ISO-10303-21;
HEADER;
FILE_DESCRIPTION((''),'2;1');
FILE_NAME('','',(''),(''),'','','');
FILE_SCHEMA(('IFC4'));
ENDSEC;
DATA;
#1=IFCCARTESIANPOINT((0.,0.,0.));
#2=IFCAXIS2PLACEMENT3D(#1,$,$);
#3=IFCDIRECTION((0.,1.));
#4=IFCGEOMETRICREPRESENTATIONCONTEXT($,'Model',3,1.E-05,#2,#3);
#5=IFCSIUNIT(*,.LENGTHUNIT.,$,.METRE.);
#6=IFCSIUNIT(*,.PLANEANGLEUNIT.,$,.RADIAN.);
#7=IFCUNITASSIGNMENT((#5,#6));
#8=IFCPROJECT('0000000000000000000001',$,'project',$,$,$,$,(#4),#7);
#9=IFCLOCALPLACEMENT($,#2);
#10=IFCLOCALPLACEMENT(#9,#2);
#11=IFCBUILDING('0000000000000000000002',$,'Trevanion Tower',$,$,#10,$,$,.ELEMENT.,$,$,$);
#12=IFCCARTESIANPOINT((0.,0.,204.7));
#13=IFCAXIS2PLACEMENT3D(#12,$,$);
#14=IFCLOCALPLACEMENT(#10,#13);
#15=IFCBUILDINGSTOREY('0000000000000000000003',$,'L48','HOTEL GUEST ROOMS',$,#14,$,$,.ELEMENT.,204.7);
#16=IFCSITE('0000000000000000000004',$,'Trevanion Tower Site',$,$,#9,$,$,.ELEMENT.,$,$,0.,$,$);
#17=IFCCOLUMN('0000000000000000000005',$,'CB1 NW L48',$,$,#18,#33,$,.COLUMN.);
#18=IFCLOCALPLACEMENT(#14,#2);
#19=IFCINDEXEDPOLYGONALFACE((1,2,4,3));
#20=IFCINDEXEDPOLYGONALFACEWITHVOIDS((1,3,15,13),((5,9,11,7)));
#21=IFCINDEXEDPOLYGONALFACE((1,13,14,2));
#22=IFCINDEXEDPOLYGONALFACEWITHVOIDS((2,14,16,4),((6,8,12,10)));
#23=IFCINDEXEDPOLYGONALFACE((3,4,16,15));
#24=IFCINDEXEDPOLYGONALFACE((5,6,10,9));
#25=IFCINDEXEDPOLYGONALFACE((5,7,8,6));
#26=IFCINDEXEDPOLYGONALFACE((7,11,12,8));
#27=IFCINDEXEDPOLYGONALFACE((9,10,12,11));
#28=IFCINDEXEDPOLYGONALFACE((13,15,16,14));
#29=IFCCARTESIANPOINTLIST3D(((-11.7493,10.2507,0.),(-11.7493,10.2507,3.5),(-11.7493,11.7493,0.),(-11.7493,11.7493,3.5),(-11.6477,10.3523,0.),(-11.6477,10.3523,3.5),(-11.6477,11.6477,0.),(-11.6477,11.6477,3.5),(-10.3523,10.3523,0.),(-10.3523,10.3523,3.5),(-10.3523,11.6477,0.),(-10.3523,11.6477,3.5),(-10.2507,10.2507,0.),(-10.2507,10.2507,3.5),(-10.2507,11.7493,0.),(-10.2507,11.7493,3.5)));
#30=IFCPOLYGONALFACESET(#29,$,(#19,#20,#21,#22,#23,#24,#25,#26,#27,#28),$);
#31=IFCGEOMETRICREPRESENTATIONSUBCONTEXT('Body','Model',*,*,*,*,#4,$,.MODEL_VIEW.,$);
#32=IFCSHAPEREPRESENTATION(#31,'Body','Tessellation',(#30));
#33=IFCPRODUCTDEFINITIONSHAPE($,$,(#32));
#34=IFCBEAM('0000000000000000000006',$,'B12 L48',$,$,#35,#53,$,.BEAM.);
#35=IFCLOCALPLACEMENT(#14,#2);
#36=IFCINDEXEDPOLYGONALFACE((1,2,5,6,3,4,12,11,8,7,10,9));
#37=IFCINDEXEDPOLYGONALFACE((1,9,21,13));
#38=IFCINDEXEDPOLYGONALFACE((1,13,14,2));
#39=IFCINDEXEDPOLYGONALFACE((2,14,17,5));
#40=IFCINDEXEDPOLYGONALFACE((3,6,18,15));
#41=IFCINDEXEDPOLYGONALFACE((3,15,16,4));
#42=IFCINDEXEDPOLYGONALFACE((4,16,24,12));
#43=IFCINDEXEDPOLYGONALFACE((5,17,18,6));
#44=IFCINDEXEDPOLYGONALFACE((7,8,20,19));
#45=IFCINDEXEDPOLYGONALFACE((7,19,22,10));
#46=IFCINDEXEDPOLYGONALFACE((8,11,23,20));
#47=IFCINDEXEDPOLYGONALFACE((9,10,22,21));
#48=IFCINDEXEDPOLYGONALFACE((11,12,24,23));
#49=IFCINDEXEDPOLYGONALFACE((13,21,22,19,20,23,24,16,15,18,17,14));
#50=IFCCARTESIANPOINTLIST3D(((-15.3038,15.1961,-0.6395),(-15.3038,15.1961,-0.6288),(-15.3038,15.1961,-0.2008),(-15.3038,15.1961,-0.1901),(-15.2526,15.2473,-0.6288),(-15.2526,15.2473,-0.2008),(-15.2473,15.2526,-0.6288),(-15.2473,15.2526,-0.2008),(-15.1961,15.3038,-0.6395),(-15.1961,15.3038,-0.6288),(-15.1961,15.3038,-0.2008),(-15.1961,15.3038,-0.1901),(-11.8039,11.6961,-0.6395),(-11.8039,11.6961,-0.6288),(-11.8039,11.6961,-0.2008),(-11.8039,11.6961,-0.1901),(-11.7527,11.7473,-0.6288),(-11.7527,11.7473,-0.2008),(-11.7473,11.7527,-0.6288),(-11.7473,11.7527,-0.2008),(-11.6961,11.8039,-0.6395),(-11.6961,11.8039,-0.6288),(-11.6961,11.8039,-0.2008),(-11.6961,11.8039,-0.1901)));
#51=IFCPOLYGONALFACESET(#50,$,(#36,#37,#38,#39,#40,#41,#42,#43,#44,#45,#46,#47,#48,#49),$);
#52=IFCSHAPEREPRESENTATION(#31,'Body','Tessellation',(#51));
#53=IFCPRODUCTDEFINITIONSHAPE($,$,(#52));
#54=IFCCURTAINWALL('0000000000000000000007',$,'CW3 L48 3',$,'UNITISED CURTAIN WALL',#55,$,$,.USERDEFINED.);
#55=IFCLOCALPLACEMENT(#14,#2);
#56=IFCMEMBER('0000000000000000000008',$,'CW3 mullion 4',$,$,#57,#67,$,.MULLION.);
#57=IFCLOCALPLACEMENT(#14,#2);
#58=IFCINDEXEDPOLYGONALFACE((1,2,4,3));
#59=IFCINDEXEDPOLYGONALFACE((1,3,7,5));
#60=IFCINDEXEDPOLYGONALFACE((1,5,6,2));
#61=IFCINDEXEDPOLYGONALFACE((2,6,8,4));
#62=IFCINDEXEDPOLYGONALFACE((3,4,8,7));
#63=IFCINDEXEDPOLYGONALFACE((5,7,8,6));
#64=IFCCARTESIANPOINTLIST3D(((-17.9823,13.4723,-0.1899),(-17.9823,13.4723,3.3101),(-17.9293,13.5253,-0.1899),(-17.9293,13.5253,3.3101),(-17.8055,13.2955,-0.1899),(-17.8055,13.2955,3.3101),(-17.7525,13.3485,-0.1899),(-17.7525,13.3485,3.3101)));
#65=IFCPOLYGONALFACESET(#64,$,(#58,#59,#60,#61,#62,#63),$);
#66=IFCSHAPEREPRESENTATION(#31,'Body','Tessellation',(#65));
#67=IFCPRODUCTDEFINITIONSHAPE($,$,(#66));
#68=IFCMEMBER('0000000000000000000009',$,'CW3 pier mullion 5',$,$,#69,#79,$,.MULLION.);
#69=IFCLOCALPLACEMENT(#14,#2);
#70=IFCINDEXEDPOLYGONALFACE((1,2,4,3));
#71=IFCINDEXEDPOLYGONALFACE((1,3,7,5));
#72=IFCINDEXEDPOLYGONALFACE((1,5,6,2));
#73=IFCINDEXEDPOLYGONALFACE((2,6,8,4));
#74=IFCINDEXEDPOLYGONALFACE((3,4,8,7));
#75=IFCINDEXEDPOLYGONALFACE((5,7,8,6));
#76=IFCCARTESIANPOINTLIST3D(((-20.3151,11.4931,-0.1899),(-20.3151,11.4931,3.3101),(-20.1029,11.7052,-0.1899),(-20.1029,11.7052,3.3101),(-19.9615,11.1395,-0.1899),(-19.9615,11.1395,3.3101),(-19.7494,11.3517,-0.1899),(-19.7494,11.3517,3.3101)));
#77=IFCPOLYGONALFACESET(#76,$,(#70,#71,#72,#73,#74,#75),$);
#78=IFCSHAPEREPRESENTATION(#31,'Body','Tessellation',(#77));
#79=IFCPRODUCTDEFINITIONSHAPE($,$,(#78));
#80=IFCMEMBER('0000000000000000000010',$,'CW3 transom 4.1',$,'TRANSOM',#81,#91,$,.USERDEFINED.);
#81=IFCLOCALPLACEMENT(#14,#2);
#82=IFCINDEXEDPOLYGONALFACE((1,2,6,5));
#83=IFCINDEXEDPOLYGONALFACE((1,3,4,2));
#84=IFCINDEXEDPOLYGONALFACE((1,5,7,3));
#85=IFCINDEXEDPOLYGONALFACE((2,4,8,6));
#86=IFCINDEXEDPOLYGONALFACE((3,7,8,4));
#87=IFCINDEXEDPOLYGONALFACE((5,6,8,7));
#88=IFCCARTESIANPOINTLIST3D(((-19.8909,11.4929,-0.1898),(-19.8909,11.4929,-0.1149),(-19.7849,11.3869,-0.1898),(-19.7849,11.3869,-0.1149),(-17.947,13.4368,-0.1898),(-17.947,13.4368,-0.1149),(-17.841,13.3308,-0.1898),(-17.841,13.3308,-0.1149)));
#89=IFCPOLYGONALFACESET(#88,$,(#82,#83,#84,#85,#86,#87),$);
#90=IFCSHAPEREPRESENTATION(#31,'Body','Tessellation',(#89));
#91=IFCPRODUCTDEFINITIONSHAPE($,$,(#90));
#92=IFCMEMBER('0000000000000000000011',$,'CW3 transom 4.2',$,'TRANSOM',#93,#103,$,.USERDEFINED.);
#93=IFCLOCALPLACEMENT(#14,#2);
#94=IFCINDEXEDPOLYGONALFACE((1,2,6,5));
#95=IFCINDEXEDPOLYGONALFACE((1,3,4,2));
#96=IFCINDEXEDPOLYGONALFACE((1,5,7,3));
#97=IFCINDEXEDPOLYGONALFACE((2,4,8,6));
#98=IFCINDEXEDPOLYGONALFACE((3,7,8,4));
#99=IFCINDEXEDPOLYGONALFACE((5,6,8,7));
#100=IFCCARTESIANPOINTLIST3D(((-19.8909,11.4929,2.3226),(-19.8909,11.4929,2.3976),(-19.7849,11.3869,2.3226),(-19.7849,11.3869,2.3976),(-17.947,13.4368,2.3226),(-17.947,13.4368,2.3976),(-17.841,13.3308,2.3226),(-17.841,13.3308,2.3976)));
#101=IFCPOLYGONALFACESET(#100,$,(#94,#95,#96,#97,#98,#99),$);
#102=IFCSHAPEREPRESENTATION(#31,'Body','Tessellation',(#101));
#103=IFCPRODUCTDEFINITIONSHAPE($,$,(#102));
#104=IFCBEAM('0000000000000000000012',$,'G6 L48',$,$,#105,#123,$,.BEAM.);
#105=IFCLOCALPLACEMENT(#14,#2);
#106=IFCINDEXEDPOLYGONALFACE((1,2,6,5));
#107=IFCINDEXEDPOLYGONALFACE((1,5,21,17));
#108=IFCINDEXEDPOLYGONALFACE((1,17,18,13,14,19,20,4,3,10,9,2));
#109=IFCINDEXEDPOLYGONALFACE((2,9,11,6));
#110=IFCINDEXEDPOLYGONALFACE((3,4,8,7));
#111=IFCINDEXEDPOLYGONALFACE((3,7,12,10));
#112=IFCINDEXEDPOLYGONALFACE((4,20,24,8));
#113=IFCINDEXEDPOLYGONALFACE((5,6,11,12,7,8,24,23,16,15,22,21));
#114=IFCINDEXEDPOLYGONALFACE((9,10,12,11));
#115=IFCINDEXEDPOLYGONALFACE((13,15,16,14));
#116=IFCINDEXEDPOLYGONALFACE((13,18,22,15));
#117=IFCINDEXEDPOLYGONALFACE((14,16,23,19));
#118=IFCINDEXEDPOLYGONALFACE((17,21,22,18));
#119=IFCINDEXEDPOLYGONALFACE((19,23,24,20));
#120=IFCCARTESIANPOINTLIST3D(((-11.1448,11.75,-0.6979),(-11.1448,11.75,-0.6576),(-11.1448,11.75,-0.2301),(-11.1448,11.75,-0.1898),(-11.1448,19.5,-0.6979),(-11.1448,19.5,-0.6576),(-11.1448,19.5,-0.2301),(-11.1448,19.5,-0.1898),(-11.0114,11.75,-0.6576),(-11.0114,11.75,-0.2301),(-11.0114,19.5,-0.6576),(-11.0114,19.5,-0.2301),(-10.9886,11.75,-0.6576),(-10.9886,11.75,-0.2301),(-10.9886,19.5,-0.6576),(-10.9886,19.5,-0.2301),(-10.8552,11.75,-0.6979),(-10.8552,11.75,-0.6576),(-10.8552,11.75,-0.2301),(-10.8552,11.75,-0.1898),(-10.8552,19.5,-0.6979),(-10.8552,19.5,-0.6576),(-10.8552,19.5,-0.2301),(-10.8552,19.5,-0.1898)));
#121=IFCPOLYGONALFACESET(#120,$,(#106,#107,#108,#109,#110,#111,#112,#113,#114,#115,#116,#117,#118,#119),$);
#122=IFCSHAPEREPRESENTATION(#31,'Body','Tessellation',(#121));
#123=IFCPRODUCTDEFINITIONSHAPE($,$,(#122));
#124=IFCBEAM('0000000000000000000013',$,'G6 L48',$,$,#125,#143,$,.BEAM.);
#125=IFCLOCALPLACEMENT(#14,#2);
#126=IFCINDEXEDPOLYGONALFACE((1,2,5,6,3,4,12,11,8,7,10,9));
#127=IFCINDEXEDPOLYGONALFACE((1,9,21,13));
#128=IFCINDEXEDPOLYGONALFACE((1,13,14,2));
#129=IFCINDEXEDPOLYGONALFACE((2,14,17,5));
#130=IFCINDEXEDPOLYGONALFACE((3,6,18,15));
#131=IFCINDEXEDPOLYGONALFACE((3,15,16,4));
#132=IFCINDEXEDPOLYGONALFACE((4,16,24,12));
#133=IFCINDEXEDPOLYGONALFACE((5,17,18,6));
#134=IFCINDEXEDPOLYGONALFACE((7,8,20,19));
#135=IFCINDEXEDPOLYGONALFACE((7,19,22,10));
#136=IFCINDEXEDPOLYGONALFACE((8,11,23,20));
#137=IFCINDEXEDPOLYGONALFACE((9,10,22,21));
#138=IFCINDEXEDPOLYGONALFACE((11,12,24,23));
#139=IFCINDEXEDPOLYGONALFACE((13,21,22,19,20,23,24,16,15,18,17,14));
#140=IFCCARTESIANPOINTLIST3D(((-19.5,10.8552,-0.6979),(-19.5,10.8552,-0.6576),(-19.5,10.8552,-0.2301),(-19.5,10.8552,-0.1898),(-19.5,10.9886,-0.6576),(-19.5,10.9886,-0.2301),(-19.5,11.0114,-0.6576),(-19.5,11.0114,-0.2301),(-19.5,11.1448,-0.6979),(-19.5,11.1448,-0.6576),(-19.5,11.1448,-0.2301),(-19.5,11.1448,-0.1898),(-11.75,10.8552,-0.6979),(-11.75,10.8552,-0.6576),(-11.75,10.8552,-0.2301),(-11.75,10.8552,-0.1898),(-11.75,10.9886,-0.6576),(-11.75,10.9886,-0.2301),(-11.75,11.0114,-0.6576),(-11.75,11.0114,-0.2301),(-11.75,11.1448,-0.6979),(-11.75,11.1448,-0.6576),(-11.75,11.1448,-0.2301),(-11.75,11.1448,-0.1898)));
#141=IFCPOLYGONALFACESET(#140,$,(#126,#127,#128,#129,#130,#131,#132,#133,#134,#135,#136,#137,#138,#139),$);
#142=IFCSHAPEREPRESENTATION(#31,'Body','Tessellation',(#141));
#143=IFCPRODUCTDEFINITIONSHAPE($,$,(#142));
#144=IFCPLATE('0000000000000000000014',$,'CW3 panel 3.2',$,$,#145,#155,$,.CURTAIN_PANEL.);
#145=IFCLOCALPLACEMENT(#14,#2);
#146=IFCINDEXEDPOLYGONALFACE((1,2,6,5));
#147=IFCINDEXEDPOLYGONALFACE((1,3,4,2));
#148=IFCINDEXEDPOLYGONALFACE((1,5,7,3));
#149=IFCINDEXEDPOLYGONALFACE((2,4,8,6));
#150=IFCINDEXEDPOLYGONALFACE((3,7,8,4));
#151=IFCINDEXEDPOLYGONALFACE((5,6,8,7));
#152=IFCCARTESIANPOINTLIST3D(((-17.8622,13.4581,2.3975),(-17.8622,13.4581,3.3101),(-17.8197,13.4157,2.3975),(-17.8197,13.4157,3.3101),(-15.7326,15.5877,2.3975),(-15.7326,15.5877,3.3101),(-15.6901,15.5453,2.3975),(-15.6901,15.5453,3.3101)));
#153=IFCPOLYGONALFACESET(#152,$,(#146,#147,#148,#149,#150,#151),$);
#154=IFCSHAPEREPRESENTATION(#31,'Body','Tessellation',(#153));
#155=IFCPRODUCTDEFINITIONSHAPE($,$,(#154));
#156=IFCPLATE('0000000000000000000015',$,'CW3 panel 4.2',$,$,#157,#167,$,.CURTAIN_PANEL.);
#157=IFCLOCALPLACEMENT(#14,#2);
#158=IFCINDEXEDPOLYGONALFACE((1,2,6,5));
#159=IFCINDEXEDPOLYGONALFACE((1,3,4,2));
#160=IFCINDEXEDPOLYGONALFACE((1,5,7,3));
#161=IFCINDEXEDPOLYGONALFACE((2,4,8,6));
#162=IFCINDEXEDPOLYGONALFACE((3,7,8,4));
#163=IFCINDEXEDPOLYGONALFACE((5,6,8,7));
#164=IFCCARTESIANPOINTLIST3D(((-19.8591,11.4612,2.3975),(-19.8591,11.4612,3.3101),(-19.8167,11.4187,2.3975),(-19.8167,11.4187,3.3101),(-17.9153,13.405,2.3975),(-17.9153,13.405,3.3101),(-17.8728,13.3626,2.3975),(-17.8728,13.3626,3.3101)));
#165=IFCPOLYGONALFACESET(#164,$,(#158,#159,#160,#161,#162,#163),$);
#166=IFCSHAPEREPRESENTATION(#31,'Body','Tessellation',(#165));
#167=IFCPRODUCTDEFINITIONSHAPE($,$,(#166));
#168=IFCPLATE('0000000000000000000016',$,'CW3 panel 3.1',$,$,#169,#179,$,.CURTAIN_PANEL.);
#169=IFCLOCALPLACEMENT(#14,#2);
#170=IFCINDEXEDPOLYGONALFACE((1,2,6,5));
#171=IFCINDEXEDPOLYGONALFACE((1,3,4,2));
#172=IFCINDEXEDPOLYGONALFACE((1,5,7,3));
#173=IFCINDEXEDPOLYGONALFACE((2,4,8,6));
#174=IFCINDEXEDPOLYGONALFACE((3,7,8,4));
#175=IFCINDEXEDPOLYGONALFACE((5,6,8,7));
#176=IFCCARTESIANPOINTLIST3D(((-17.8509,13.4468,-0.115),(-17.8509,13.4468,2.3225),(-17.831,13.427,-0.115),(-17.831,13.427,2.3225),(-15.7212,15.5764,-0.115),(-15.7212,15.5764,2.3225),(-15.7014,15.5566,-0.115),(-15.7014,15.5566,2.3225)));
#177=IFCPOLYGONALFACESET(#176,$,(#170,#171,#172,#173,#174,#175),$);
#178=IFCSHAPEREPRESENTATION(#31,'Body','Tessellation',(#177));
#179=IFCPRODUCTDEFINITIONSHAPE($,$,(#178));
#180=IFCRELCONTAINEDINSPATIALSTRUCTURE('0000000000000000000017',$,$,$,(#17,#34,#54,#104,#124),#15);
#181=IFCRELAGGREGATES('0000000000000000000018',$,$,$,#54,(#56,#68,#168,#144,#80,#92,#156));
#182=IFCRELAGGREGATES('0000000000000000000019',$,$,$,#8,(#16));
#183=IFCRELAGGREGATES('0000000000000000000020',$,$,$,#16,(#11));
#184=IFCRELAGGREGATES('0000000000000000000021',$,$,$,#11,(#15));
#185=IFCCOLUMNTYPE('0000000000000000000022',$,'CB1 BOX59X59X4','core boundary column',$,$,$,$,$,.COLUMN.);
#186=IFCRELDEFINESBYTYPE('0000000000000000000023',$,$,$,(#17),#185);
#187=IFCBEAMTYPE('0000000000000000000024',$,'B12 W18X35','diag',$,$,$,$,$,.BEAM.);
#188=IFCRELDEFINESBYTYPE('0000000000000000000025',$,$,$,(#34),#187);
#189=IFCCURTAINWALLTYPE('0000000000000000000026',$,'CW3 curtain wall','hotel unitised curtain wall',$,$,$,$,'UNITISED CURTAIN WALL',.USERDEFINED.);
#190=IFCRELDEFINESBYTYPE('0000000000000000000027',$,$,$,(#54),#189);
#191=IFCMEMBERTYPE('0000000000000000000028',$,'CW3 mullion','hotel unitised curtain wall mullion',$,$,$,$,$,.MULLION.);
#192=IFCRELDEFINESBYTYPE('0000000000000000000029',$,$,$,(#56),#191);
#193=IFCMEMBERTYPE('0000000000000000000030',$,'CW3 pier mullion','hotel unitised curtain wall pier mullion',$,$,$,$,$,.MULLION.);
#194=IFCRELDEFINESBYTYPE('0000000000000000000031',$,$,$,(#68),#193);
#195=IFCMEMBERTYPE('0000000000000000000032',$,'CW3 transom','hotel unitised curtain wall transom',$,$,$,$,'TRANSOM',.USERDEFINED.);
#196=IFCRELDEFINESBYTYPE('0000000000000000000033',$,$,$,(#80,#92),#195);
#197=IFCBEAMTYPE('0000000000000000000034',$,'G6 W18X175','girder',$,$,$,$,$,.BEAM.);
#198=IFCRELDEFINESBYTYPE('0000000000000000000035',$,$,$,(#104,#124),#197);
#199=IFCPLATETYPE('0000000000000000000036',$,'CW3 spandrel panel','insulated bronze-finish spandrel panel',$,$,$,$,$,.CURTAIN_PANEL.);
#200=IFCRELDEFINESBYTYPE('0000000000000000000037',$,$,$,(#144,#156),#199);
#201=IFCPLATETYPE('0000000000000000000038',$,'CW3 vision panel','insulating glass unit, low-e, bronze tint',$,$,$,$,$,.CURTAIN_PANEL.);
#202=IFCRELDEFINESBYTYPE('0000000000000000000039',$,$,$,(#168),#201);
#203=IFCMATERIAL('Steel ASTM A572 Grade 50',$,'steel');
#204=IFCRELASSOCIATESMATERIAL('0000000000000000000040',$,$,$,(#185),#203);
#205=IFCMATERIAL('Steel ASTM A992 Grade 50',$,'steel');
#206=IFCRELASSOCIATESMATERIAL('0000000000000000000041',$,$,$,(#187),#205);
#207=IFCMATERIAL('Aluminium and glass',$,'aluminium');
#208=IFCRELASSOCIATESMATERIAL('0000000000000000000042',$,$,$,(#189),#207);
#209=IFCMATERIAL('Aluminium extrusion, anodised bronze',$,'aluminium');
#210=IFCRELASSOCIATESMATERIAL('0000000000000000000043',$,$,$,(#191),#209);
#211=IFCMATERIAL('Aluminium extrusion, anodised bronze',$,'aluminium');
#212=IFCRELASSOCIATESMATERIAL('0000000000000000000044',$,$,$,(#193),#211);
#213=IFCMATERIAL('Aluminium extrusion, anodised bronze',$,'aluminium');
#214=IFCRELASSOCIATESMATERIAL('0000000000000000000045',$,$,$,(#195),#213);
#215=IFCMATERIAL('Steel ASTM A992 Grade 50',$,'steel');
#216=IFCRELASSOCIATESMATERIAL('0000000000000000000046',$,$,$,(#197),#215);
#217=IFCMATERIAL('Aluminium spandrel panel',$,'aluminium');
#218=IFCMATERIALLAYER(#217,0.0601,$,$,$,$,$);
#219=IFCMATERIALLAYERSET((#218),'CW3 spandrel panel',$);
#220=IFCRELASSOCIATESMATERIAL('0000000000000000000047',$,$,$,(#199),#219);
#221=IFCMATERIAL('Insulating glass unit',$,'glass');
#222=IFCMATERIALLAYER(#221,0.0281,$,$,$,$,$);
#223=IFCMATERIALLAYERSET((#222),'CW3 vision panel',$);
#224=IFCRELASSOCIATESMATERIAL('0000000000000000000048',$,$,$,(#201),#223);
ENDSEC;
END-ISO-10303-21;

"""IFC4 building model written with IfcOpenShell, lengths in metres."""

from ifc_helpers import new_model, si_unit, direction, frame, origin, origin_2d, place, context, subcontext, project, spatial, rectangle, hollow_rectangle, i_section, extrude, material, layer, layer_set, material_profile, profile_set, type_object, element, aggregate, save


model = new_model("IFC4")

# Units and contexts
model_context = context("Model", 3, precision=1e-05, world=origin(), true_north=direction((0.0, 1.0)))
body_context = subcontext(model_context, "Body", "Model", "MODEL_VIEW")
ifc_project = project(units=[si_unit("LENGTHUNIT", "METRE"), si_unit("PLANEANGLEUNIT", "RADIAN")], contexts=[model_context])

# Site, building, storey
site_placement = place(None, origin())
site = spatial("IfcSite", under=ifc_project, at=site_placement, Name="Trevanion Tower Site", CompositionType="ELEMENT", RefElevation=0.0)
building_placement = place(site_placement, origin())
building = spatial("IfcBuilding", under=site, at=building_placement, Name="Trevanion Tower", CompositionType="ELEMENT")
storey_placement = place(building_placement, frame((0.0, 0.0, 204.7)))
storey = spatial("IfcBuildingStorey", under=building, at=storey_placement, Name="L48", Description="HOTEL GUEST ROOMS", CompositionType="ELEMENT", Elevation=204.7)

# Column
ifc_material_1 = material(Name="Steel ASTM A572 Grade 50", Category="steel")
ifc_material_profile_1 = material_profile(ifc_material_1, hollow_rectangle(XDim=1.4985, YDim=1.4985, WallThickness=0.1016, at=origin_2d()), Name="BOX59X59X4")
ifc_profile_set_1 = profile_set([ifc_material_profile_1], Name="Steel ASTM A572 Grade 50")
column_type = type_object("IfcColumnType", Name="CB1 BOX59X59X4", Description="core boundary column", PredefinedType="COLUMN", material=ifc_profile_set_1)
column_placement = place(storey_placement, frame((-11.0, 11.0, 0.0), z_axis=(0.0, 0.0, 1.0), x_axis=(1.0, 0.0, 0.0)))
element("IfcColumn", 1, at=column_placement, inside=storey, type_object=column_type, Name="CB1 NW L48", PredefinedType="COLUMN", context=body_context, shape_type="SweptSolid", body=[
    extrude(hollow_rectangle(XDim=1.4985, YDim=1.4985, WallThickness=0.1016, at=origin_2d()), origin(), (0.0, 0.0, 1.0), 3.5),
])

# Beam
ifc_material_2 = material(Name="Steel ASTM A992 Grade 50", Category="steel")
ifc_material_profile_2 = material_profile(ifc_material_2, i_section(OverallWidth=0.1523, OverallDepth=0.4495, WebThickness=0.0076, FlangeThickness=0.0107, at=origin_2d()), Name="W18X35")
ifc_profile_set_2 = profile_set([ifc_material_profile_2], Name="Steel ASTM A992 Grade 50")
beam_type_1 = type_object("IfcBeamType", Name="B12 W18X35", Description="diag", PredefinedType="BEAM", material=ifc_profile_set_2)
beam_placement = place(storey_placement, frame((-11.75, 11.75, -0.4148), z_axis=(-0.707107, 0.707107, 0.0), x_axis=(-0.707107, -0.707107, 0.0)))
element("IfcBeam", 2, at=beam_placement, inside=storey, type_object=beam_type_1, Name="B12 L48", PredefinedType="BEAM", context=body_context, shape_type="SweptSolid", body=[
    extrude(i_section(OverallWidth=0.1523, OverallDepth=0.4495, WebThickness=0.0076, FlangeThickness=0.0107, at=origin_2d()), origin(), (0.0, 0.0, 1.0), 4.9497),
])

# Curtain wall, members
ifc_material_3 = material(Name="Aluminium and glass", Category="aluminium")
curtain_wall_type = type_object("IfcCurtainWallType", Name="CW3 curtain wall", Description="hotel unitised curtain wall", ElementType="UNITISED CURTAIN WALL", PredefinedType="USERDEFINED", material=ifc_material_3)
curtain_wall_placement = place(storey_placement, origin())
curtain_wall = element("IfcCurtainWall", 3, at=curtain_wall_placement, inside=storey, type_object=curtain_wall_type, Name="CW3 L48 3", ObjectType="UNITISED CURTAIN WALL", PredefinedType="USERDEFINED")
ifc_material_4 = material(Name="Aluminium extrusion, anodised bronze", Category="aluminium")
ifc_material_profile_3 = material_profile(ifc_material_4, rectangle(XDim=0.075, YDim=0.25, at=origin_2d()), Name="CW3 mullion")
ifc_profile_set_3 = profile_set([ifc_material_profile_3], Name="Aluminium extrusion, anodised bronze")
member_type_1 = type_object("IfcMemberType", Name="CW3 mullion", Description="hotel unitised curtain wall mullion", PredefinedType="MULLION", material=ifc_profile_set_3)
member_1_placement = place(storey_placement, frame((-17.8674, 13.4104, -0.1899), z_axis=(0.0, 0.0, 1.0), x_axis=(-0.707107, -0.707107, 0.0)))
member_1 = element("IfcMember", 4, at=member_1_placement, type_object=member_type_1, Name="CW3 mullion 4", PredefinedType="MULLION", context=body_context, shape_type="SweptSolid", body=[
    extrude(rectangle(XDim=0.075, YDim=0.25, at=origin_2d()), origin(), (0.0, 0.0, 1.0), 3.5),
])
ifc_material_5 = material(Name="Aluminium extrusion, anodised bronze", Category="aluminium")
ifc_material_profile_4 = material_profile(ifc_material_5, rectangle(XDim=0.3, YDim=0.5, at=origin_2d()), Name="CW3 pier mullion")
ifc_profile_set_4 = profile_set([ifc_material_profile_4], Name="Aluminium extrusion, anodised bronze")
member_type_2 = type_object("IfcMemberType", Name="CW3 pier mullion", Description="hotel unitised curtain wall pier mullion", PredefinedType="MULLION", material=ifc_profile_set_4)
member_2_placement = place(storey_placement, frame((-20.0322, 11.4224, -0.1899), z_axis=(0.0, 0.0, 1.0), x_axis=(-0.707107, -0.707107, 0.0)))
member_2 = element("IfcMember", 5, at=member_2_placement, type_object=member_type_2, Name="CW3 pier mullion 5", PredefinedType="MULLION", context=body_context, shape_type="SweptSolid", body=[
    extrude(rectangle(XDim=0.3, YDim=0.5, at=origin_2d()), origin(), (0.0, 0.0, 1.0), 3.5),
])
ifc_material_6 = material(Name="Aluminium extrusion, anodised bronze", Category="aluminium")
ifc_material_profile_5 = material_profile(ifc_material_6, rectangle(XDim=0.1499, YDim=0.075, at=origin_2d()), Name="CW3 transom")
ifc_profile_set_5 = profile_set([ifc_material_profile_5], Name="Aluminium extrusion, anodised bronze")
member_type_3 = type_object("IfcMemberType", Name="CW3 transom", Description="hotel unitised curtain wall transom", ElementType="TRANSOM", PredefinedType="USERDEFINED", material=ifc_profile_set_5)
member_3_placement = place(storey_placement, frame((-17.894, 13.3838, -0.1523), z_axis=(-0.707107, -0.707107, 0.0), x_axis=(0.707107, -0.707107, 0.0)))
member_3 = element("IfcMember", 6, at=member_3_placement, type_object=member_type_3, Name="CW3 transom 4.1", ObjectType="TRANSOM", PredefinedType="USERDEFINED", context=body_context, shape_type="SweptSolid", body=[
    extrude(rectangle(XDim=0.1499, YDim=0.075, at=origin_2d()), origin(), (0.0, 0.0, 1.0), 2.749),
])
member_4_placement = place(storey_placement, frame((-17.894, 13.3838, 2.3601), z_axis=(-0.707107, -0.707107, 0.0), x_axis=(0.707107, -0.707107, 0.0)))
member_4 = element("IfcMember", 7, at=member_4_placement, type_object=member_type_3, Name="CW3 transom 4.2", ObjectType="TRANSOM", PredefinedType="USERDEFINED", context=body_context, shape_type="SweptSolid", body=[
    extrude(rectangle(XDim=0.1499, YDim=0.075, at=origin_2d()), origin(), (0.0, 0.0, 1.0), 2.749),
])

# Beams
ifc_material_7 = material(Name="Steel ASTM A992 Grade 50", Category="steel")
ifc_material_profile_6 = material_profile(ifc_material_7, i_section(OverallWidth=0.2896, OverallDepth=0.5081, WebThickness=0.0227, FlangeThickness=0.0403, at=origin_2d()), Name="W18X175")
ifc_profile_set_6 = profile_set([ifc_material_profile_6], Name="Steel ASTM A992 Grade 50")
beam_type_2 = type_object("IfcBeamType", Name="G6 W18X175", Description="girder", PredefinedType="BEAM", material=ifc_profile_set_6)
for number, where, z_axis, x_axis, name in (
    (8, (-11.0, 11.75, -0.4438), (0.0, 1.0, 0.0), (-1.0, 0.0, 0.0), "G6 L48"),
    (9, (-11.75, 11.0, -0.4438), (-1.0, 0.0, 0.0), (0.0, -1.0, 0.0), "G6 L48"),
):
    element("IfcBeam", number, at=place(storey_placement, frame(where, z_axis=z_axis, x_axis=x_axis)), inside=storey, type_object=beam_type_2, Name=name, PredefinedType="BEAM", context=body_context, shape_type="SweptSolid", body=[
        extrude(i_section(OverallWidth=0.2896, OverallDepth=0.5081, WebThickness=0.0227, FlangeThickness=0.0403, at=origin_2d()), origin(), (0.0, 0.0, 1.0), 7.75),
    ])

# Plates
ifc_material_8 = material(Name="Aluminium spandrel panel", Category="aluminium")
ifc_layer_1 = layer(ifc_material_8, 0.0601)
ifc_layer_set_1 = layer_set([ifc_layer_1], Name="CW3 spandrel panel")
plate_type_1 = type_object("IfcPlateType", Name="CW3 spandrel panel", Description="insulated bronze-finish spandrel panel", PredefinedType="CURTAIN_PANEL", material=ifc_layer_set_1)
plate_1_placement = place(storey_placement, frame((-16.7761, 14.5017, 2.3975), z_axis=(0.0, 0.0, 1.0), x_axis=(-0.707107, -0.707107, 0.0)))
plate_1 = element("IfcPlate", 10, at=plate_1_placement, type_object=plate_type_1, Name="CW3 panel 3.2", PredefinedType="CURTAIN_PANEL", context=body_context, shape_type="SweptSolid", body=[
    extrude(rectangle(XDim=3.0117, YDim=0.0601, at=origin_2d()), origin(), (0.0, 0.0, 1.0), 0.9126),
])
plate_2_placement = place(storey_placement, frame((-18.866, 12.4119, 2.3975), z_axis=(0.0, 0.0, 1.0), x_axis=(-0.707107, -0.707107, 0.0)))
plate_2 = element("IfcPlate", 11, at=plate_2_placement, type_object=plate_type_1, Name="CW3 panel 4.2", PredefinedType="CURTAIN_PANEL", context=body_context, shape_type="SweptSolid", body=[
    extrude(rectangle(XDim=2.749, YDim=0.0601, at=origin_2d()), origin(), (0.0, 0.0, 1.0), 0.9126),
])
ifc_material_9 = material(Name="Insulating glass unit", Category="glass")
ifc_layer_2 = layer(ifc_material_9, 0.0281)
ifc_layer_set_2 = layer_set([ifc_layer_2], Name="CW3 vision panel")
plate_type_2 = type_object("IfcPlateType", Name="CW3 vision panel", Description="insulating glass unit, low-e, bronze tint", PredefinedType="CURTAIN_PANEL", material=ifc_layer_set_2)
plate_3_placement = place(storey_placement, frame((-16.7761, 14.5017, -0.115), z_axis=(0.0, 0.0, 1.0), x_axis=(-0.707107, -0.707107, 0.0)))
plate_3 = element("IfcPlate", 12, at=plate_3_placement, type_object=plate_type_2, Name="CW3 panel 3.1", PredefinedType="CURTAIN_PANEL", context=body_context, shape_type="SweptSolid", body=[
    extrude(rectangle(XDim=3.0117, YDim=0.0281, at=origin_2d()), origin(), (0.0, 0.0, 1.0), 2.4375),
])
aggregate(curtain_wall, [member_1, member_2, plate_3, plate_1, member_3, member_4, plate_2])

save(model, "model.ifc")
